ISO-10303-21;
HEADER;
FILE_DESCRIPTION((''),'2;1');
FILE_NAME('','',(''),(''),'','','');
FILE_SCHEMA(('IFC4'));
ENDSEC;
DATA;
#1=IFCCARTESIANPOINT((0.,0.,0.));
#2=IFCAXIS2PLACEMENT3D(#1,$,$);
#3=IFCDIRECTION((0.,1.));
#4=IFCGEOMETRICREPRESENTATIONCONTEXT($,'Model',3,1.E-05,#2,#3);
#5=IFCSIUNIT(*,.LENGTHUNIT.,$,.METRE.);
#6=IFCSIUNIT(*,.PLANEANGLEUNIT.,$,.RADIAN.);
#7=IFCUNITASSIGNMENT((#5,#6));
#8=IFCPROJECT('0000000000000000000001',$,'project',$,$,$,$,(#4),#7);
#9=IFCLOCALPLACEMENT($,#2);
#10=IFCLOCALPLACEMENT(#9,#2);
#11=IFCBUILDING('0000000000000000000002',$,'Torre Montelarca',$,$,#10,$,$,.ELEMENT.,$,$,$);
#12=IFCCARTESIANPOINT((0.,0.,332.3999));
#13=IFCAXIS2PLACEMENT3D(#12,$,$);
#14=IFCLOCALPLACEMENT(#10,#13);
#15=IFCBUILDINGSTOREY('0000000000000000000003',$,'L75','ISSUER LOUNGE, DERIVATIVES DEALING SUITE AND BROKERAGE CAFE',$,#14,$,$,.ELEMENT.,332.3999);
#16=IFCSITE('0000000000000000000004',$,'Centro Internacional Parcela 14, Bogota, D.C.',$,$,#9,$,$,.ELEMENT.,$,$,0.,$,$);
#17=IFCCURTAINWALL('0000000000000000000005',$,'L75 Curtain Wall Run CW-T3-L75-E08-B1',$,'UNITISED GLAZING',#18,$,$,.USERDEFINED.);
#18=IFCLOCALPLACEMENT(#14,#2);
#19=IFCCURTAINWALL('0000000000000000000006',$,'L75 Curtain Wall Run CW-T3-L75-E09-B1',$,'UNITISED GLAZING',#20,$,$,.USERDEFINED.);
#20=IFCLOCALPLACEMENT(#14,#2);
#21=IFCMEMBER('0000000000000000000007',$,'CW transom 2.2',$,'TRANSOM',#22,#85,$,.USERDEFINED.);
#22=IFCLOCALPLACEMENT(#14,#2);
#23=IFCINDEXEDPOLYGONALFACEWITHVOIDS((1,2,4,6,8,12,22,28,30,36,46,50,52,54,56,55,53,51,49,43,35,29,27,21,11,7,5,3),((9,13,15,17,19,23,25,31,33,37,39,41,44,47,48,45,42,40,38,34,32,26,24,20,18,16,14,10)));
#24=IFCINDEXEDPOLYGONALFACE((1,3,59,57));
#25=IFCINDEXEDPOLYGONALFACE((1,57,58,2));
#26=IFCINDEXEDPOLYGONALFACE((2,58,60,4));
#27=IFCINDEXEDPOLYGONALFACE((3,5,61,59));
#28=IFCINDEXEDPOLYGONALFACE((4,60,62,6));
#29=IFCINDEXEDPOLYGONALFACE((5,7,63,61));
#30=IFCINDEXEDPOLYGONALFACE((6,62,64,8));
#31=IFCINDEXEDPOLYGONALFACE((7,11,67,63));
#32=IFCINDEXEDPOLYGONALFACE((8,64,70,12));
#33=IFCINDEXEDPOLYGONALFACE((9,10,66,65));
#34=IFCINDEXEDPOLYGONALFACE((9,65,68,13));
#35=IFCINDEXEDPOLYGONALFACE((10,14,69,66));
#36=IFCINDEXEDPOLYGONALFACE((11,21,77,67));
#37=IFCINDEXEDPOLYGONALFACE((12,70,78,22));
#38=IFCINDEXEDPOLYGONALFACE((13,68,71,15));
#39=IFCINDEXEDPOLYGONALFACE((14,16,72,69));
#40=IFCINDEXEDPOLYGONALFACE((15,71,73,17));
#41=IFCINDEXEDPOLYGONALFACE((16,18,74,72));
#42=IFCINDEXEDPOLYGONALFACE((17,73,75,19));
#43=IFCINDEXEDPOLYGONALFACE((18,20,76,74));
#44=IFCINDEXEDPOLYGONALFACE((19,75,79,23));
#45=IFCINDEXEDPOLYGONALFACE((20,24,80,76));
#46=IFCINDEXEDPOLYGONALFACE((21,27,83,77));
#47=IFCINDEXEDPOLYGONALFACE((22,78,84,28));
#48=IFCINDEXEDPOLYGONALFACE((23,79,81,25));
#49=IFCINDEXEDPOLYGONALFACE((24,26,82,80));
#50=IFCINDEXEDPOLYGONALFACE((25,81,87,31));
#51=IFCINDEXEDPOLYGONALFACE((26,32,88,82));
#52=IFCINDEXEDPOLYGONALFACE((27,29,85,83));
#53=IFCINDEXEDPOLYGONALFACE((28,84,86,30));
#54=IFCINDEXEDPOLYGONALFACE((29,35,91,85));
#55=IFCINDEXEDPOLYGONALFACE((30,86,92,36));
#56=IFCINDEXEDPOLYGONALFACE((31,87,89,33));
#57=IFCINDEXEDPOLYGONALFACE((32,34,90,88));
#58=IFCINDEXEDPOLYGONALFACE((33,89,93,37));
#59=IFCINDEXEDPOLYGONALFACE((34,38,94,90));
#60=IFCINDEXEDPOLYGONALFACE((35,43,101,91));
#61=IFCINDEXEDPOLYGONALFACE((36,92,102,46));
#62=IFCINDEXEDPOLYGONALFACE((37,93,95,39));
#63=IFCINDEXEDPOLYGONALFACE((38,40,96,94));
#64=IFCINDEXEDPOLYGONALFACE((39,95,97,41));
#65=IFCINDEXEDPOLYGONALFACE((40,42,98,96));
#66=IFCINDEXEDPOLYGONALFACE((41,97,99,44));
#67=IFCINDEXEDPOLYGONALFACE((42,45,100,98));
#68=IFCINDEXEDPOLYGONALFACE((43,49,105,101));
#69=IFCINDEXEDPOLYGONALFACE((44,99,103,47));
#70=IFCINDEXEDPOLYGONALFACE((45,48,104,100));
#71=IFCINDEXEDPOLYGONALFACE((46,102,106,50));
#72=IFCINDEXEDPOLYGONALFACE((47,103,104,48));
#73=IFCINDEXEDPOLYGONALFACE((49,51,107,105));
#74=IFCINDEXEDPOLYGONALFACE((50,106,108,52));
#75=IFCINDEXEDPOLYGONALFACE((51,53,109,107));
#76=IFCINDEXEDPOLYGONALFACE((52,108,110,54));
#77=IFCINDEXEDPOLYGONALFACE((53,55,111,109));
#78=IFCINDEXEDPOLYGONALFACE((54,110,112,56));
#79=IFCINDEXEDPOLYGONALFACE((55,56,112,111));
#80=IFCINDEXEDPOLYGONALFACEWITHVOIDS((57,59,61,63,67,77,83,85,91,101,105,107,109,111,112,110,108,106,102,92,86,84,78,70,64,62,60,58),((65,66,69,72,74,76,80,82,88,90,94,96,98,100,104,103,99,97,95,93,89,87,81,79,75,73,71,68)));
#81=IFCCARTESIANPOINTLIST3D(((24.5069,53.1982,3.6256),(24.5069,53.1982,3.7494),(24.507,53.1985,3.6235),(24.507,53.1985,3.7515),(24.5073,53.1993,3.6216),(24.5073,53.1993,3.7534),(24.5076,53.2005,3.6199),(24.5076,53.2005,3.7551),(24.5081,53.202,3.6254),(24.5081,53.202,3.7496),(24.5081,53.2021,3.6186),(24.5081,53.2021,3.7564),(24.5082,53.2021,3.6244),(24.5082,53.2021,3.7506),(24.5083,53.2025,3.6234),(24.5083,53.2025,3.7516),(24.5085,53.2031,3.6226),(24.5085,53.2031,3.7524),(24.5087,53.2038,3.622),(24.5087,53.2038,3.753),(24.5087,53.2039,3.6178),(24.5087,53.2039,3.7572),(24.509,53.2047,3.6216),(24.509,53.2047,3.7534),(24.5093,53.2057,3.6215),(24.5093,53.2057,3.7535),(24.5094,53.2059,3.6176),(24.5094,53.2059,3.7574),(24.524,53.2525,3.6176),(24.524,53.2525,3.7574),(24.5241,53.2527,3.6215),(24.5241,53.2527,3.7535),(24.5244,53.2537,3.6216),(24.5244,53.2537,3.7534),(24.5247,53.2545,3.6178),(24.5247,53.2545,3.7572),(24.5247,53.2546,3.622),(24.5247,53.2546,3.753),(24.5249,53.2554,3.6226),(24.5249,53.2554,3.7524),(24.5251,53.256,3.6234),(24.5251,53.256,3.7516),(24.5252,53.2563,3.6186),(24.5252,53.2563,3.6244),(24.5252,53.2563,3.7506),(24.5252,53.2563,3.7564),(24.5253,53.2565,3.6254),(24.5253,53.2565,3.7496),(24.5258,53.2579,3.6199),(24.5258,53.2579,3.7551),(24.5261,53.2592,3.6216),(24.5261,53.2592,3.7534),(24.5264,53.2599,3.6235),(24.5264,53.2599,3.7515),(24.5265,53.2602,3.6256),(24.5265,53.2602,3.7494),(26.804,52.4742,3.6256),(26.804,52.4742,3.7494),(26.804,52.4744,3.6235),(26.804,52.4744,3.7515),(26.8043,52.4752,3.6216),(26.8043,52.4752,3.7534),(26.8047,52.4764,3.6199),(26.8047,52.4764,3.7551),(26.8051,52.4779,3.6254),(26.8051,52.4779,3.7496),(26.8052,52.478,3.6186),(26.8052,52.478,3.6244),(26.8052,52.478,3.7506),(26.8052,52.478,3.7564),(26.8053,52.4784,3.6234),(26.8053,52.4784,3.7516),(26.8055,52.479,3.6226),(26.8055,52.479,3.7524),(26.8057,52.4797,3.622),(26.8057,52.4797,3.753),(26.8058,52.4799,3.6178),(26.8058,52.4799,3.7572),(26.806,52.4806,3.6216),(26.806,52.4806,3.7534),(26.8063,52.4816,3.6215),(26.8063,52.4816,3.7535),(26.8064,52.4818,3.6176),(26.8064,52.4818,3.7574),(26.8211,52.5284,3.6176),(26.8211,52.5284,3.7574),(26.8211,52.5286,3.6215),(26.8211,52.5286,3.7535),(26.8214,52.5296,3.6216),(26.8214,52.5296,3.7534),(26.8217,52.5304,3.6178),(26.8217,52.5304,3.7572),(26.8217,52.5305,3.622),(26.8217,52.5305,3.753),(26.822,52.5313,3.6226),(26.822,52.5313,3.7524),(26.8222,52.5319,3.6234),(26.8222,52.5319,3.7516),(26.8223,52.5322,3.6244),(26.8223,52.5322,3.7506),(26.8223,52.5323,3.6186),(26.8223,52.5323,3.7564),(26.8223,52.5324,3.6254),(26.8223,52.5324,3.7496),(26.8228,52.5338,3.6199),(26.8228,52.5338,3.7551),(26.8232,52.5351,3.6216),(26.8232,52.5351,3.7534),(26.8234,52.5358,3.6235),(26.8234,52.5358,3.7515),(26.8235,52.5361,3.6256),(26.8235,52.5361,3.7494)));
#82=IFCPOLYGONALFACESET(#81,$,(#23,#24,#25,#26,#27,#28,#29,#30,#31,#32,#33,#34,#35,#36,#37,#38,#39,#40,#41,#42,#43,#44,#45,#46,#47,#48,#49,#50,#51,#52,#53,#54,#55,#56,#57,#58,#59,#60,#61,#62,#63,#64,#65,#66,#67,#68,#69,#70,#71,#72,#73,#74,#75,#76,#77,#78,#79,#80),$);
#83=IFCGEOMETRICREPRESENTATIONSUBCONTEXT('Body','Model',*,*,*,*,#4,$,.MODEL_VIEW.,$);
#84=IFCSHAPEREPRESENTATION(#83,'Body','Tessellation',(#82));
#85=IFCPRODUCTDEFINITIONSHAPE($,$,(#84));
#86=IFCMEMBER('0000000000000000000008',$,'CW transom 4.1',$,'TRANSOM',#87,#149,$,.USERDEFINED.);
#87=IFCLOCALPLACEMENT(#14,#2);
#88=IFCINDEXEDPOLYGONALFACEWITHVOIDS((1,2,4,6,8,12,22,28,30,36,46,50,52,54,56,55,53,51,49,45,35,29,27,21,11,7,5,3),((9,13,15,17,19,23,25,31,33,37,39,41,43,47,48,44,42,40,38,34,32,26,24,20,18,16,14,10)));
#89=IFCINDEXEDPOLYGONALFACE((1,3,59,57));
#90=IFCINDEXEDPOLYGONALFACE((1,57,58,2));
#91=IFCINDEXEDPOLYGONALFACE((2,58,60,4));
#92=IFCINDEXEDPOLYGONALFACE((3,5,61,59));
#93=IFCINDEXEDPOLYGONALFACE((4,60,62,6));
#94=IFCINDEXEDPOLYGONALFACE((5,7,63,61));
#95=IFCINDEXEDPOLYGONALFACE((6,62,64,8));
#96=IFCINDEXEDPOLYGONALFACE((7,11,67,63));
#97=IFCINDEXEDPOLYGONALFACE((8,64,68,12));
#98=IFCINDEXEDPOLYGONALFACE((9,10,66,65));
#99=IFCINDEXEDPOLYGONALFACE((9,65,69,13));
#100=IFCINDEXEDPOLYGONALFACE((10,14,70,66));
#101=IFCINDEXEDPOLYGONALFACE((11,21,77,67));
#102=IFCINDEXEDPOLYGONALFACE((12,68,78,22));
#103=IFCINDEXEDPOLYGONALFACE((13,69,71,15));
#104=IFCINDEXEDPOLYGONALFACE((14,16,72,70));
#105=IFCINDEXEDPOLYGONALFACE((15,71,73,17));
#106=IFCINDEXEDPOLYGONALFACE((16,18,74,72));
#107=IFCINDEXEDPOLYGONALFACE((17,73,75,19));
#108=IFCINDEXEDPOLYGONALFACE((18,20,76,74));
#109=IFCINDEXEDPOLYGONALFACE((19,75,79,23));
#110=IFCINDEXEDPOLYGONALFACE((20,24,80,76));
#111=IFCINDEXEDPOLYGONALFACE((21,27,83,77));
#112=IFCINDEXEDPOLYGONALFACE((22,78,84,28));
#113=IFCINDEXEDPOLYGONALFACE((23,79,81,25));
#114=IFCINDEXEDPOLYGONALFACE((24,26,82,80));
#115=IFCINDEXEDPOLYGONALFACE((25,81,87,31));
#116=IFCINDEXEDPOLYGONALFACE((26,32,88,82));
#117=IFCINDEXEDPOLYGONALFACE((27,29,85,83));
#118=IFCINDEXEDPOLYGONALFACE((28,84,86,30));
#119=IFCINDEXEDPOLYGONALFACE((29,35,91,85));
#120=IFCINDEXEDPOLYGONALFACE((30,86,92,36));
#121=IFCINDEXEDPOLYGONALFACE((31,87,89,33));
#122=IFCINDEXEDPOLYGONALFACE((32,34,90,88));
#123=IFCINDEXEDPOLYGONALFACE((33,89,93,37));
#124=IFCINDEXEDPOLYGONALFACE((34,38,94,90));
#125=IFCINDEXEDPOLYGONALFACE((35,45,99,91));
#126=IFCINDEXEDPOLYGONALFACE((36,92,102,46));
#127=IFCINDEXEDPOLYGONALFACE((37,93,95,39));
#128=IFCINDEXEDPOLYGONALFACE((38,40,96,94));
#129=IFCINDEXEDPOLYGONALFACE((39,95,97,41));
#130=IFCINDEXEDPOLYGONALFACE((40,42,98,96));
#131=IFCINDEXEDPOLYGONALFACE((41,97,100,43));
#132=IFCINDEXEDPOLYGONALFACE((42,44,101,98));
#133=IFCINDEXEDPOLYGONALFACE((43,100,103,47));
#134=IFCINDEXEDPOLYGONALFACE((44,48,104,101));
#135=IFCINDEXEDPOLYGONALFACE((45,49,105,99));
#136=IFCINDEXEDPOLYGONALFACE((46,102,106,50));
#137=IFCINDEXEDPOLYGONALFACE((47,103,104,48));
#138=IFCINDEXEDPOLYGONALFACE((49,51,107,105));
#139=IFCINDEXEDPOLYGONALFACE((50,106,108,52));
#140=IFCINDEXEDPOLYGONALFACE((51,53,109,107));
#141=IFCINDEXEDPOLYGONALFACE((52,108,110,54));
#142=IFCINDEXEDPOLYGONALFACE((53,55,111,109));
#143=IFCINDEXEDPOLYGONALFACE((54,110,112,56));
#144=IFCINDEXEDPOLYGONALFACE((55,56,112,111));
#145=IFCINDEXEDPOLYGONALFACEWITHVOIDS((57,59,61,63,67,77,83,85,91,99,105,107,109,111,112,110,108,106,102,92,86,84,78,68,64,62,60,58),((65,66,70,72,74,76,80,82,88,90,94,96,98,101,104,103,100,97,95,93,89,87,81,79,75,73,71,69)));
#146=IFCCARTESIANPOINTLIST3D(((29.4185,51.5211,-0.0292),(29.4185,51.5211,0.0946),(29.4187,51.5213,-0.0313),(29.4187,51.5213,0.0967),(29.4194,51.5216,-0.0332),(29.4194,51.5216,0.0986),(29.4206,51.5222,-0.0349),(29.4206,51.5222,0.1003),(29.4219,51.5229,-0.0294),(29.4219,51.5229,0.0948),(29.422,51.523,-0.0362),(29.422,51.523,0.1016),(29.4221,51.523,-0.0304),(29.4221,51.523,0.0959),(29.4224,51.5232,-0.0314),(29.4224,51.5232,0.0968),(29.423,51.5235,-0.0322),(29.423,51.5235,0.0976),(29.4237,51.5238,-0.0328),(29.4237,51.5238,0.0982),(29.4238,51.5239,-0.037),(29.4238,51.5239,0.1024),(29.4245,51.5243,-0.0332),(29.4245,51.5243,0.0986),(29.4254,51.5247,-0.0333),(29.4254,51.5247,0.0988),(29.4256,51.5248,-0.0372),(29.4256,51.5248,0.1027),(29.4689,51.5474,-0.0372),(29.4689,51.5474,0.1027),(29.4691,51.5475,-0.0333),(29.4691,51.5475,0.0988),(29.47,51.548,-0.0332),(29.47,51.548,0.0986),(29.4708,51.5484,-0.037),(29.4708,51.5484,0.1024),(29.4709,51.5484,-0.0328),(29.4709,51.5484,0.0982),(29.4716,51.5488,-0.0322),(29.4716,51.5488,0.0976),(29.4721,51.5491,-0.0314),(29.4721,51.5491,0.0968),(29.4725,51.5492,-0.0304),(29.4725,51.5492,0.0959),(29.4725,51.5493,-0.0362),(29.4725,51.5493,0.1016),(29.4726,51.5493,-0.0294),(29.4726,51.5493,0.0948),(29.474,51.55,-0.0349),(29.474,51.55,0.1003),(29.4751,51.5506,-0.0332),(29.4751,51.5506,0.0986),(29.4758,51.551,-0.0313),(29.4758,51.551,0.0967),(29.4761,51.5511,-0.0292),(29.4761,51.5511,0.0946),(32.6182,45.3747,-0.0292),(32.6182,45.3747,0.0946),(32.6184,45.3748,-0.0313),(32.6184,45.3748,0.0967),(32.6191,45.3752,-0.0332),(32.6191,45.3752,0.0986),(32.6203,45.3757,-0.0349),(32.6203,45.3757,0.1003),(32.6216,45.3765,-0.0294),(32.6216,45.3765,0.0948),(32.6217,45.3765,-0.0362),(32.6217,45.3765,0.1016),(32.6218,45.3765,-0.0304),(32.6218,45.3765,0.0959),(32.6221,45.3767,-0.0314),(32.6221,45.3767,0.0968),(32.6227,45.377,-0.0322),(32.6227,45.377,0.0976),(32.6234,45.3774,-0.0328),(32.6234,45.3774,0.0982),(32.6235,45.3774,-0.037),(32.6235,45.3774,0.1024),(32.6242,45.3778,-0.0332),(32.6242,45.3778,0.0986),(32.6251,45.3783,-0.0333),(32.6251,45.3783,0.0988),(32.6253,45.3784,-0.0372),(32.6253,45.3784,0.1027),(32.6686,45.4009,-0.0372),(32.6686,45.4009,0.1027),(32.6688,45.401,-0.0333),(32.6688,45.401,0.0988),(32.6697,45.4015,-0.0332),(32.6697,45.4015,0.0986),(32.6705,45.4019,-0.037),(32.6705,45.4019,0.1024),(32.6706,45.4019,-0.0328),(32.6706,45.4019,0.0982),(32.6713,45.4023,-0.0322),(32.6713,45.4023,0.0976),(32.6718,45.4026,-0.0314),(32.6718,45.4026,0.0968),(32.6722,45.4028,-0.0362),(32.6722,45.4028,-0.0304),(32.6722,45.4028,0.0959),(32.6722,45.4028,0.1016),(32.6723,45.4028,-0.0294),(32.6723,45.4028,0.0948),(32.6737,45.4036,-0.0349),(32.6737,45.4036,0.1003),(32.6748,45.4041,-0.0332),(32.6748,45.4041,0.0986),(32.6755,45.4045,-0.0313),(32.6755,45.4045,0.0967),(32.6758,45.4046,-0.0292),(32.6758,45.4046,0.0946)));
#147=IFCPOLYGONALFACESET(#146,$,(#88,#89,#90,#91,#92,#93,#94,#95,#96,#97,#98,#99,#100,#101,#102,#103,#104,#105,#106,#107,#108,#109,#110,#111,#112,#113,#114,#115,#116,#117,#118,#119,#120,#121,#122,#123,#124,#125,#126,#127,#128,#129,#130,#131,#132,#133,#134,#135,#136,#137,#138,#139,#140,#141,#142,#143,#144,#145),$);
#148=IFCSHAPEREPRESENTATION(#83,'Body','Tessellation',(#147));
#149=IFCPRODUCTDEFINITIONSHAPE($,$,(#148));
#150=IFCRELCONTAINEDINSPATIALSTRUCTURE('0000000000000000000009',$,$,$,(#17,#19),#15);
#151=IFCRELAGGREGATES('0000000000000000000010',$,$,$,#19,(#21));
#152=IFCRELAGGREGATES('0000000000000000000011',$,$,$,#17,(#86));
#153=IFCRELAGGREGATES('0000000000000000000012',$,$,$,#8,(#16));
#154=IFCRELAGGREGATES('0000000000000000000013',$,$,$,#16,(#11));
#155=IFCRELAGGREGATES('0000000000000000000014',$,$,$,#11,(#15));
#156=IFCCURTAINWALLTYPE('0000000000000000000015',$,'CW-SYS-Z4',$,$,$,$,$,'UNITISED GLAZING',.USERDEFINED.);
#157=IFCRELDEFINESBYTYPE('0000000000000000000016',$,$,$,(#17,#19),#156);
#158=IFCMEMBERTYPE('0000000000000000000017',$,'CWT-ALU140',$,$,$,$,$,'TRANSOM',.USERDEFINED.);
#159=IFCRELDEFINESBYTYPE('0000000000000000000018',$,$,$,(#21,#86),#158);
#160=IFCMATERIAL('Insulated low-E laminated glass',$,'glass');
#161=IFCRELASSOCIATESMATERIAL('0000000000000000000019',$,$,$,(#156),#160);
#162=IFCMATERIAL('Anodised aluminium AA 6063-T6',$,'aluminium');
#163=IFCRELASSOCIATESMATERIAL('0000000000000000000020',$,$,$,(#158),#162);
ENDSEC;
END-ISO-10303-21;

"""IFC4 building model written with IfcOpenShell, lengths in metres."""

from ifc_helpers import new_model, si_unit, direction, frame, origin, origin_2d, place, context, subcontext, project, spatial, hollow_rectangle, extrude, source, transform, mapped, material, material_profile, profile_set, type_object, element, aggregate, save


model = new_model("IFC4")

# Units and contexts
model_context = context("Model", 3, precision=1e-05, world=origin(), true_north=direction((0.0, 1.0)))
body_context = subcontext(model_context, "Body", "Model", "MODEL_VIEW")
ifc_project = project(units=[si_unit("LENGTHUNIT", "METRE"), si_unit("PLANEANGLEUNIT", "RADIAN")], contexts=[model_context])

# Site, building, storey
site_placement = place(None, origin())
site = spatial("IfcSite", under=ifc_project, at=site_placement, Name="Centro Internacional Parcela 14, Bogota, D.C.", CompositionType="ELEMENT", RefElevation=0.0)
building_placement = place(site_placement, origin())
building = spatial("IfcBuilding", under=site, at=building_placement, Name="Torre Montelarca", CompositionType="ELEMENT")
storey_placement = place(building_placement, frame((0.0, 0.0, 332.3999)))
storey = spatial("IfcBuildingStorey", under=building, at=storey_placement, Name="L75", Description="ISSUER LOUNGE, DERIVATIVES DEALING SUITE AND BROKERAGE CAFE", CompositionType="ELEMENT", Elevation=332.3999)

# Curtain walls, member
ifc_material_1 = material(Name="Insulated low-E laminated glass", Category="glass")
curtain_wall_type = type_object("IfcCurtainWallType", Name="CW-SYS-Z4", ElementType="UNITISED GLAZING", PredefinedType="USERDEFINED", material=ifc_material_1)
curtain_wall_1_placement = place(storey_placement, origin())
curtain_wall_1 = element("IfcCurtainWall", 1, at=curtain_wall_1_placement, inside=storey, type_object=curtain_wall_type, Name="L75 Curtain Wall Run CW-T3-L75-E08-B1", ObjectType="UNITISED GLAZING", PredefinedType="USERDEFINED")
ifc_material_2 = material(Name="Anodised aluminium AA 6063-T6", Category="aluminium")
curtain_wall_2_placement = place(storey_placement, origin())
curtain_wall_2 = element("IfcCurtainWall", 2, at=curtain_wall_2_placement, inside=storey, type_object=curtain_wall_type, Name="L75 Curtain Wall Run CW-T3-L75-E09-B1", ObjectType="UNITISED GLAZING", PredefinedType="USERDEFINED")
ifc_material_profile_1 = material_profile(ifc_material_2, hollow_rectangle(XDim=0.0649, YDim=0.1399, WallThickness=0.0039, InnerFilletRadius=0.0039, OuterFilletRadius=0.0081, at=origin_2d()), Name="ALU65X140X4", Category="aluminium")
ifc_profile_set_1 = profile_set([ifc_material_profile_1], Name="Anodised aluminium AA 6063-T6")
member_type_1 = type_object("IfcMemberType", Name="CWT-ALU140", ElementType="TRANSOM", PredefinedType="USERDEFINED", material=ifc_profile_set_1)
shared_shape_1 = source(origin(), body_context, "Body", "SweptSolid", [
    extrude(hollow_rectangle(XDim=0.0649, YDim=0.1399, WallThickness=0.0039, InnerFilletRadius=0.0039, OuterFilletRadius=0.0081, at=origin_2d()), origin(), (0.0, 0.0, 1.0), 2.4084),
])
member_1_placement = place(storey_placement, frame((26.8137, 52.5051, 3.6875), z_axis=(-0.953736, 0.300646, 0.0), x_axis=(-0.300646, -0.953736, 0.0)))
member_1 = element("IfcMember", 3, at=member_1_placement, type_object=member_type_1, Name="CW transom 2.2", ObjectType="TRANSOM", PredefinedType="USERDEFINED", context=body_context, shape_type="MappedRepresentation", body=[
    mapped(shared_shape_1, transform((0.0, 0.0, 0.0), scale=1.0)),
])

# Member
shared_shape_2 = source(origin(), body_context, "Body", "SweptSolid", [
    extrude(hollow_rectangle(XDim=0.0649, YDim=0.1399, WallThickness=0.0039, InnerFilletRadius=0.0039, OuterFilletRadius=0.0081, at=origin_2d()), origin(), (0.0, 0.0, 1.0), 6.9294),
])
member_2_placement = place(storey_placement, frame((32.647, 45.3896, 0.0327), z_axis=(-0.461754, 0.887008, 0.0), x_axis=(-0.887008, -0.461754, 0.0)))
member_2 = element("IfcMember", 4, at=member_2_placement, type_object=member_type_1, Name="CW transom 4.1", ObjectType="TRANSOM", PredefinedType="USERDEFINED", context=body_context, shape_type="MappedRepresentation", body=[
    mapped(shared_shape_2, transform((0.0, 0.0, 0.0), scale=1.0)),
])

aggregate(curtain_wall_2, [member_1])
aggregate(curtain_wall_1, [member_2])

save(model, "model.ifc")
